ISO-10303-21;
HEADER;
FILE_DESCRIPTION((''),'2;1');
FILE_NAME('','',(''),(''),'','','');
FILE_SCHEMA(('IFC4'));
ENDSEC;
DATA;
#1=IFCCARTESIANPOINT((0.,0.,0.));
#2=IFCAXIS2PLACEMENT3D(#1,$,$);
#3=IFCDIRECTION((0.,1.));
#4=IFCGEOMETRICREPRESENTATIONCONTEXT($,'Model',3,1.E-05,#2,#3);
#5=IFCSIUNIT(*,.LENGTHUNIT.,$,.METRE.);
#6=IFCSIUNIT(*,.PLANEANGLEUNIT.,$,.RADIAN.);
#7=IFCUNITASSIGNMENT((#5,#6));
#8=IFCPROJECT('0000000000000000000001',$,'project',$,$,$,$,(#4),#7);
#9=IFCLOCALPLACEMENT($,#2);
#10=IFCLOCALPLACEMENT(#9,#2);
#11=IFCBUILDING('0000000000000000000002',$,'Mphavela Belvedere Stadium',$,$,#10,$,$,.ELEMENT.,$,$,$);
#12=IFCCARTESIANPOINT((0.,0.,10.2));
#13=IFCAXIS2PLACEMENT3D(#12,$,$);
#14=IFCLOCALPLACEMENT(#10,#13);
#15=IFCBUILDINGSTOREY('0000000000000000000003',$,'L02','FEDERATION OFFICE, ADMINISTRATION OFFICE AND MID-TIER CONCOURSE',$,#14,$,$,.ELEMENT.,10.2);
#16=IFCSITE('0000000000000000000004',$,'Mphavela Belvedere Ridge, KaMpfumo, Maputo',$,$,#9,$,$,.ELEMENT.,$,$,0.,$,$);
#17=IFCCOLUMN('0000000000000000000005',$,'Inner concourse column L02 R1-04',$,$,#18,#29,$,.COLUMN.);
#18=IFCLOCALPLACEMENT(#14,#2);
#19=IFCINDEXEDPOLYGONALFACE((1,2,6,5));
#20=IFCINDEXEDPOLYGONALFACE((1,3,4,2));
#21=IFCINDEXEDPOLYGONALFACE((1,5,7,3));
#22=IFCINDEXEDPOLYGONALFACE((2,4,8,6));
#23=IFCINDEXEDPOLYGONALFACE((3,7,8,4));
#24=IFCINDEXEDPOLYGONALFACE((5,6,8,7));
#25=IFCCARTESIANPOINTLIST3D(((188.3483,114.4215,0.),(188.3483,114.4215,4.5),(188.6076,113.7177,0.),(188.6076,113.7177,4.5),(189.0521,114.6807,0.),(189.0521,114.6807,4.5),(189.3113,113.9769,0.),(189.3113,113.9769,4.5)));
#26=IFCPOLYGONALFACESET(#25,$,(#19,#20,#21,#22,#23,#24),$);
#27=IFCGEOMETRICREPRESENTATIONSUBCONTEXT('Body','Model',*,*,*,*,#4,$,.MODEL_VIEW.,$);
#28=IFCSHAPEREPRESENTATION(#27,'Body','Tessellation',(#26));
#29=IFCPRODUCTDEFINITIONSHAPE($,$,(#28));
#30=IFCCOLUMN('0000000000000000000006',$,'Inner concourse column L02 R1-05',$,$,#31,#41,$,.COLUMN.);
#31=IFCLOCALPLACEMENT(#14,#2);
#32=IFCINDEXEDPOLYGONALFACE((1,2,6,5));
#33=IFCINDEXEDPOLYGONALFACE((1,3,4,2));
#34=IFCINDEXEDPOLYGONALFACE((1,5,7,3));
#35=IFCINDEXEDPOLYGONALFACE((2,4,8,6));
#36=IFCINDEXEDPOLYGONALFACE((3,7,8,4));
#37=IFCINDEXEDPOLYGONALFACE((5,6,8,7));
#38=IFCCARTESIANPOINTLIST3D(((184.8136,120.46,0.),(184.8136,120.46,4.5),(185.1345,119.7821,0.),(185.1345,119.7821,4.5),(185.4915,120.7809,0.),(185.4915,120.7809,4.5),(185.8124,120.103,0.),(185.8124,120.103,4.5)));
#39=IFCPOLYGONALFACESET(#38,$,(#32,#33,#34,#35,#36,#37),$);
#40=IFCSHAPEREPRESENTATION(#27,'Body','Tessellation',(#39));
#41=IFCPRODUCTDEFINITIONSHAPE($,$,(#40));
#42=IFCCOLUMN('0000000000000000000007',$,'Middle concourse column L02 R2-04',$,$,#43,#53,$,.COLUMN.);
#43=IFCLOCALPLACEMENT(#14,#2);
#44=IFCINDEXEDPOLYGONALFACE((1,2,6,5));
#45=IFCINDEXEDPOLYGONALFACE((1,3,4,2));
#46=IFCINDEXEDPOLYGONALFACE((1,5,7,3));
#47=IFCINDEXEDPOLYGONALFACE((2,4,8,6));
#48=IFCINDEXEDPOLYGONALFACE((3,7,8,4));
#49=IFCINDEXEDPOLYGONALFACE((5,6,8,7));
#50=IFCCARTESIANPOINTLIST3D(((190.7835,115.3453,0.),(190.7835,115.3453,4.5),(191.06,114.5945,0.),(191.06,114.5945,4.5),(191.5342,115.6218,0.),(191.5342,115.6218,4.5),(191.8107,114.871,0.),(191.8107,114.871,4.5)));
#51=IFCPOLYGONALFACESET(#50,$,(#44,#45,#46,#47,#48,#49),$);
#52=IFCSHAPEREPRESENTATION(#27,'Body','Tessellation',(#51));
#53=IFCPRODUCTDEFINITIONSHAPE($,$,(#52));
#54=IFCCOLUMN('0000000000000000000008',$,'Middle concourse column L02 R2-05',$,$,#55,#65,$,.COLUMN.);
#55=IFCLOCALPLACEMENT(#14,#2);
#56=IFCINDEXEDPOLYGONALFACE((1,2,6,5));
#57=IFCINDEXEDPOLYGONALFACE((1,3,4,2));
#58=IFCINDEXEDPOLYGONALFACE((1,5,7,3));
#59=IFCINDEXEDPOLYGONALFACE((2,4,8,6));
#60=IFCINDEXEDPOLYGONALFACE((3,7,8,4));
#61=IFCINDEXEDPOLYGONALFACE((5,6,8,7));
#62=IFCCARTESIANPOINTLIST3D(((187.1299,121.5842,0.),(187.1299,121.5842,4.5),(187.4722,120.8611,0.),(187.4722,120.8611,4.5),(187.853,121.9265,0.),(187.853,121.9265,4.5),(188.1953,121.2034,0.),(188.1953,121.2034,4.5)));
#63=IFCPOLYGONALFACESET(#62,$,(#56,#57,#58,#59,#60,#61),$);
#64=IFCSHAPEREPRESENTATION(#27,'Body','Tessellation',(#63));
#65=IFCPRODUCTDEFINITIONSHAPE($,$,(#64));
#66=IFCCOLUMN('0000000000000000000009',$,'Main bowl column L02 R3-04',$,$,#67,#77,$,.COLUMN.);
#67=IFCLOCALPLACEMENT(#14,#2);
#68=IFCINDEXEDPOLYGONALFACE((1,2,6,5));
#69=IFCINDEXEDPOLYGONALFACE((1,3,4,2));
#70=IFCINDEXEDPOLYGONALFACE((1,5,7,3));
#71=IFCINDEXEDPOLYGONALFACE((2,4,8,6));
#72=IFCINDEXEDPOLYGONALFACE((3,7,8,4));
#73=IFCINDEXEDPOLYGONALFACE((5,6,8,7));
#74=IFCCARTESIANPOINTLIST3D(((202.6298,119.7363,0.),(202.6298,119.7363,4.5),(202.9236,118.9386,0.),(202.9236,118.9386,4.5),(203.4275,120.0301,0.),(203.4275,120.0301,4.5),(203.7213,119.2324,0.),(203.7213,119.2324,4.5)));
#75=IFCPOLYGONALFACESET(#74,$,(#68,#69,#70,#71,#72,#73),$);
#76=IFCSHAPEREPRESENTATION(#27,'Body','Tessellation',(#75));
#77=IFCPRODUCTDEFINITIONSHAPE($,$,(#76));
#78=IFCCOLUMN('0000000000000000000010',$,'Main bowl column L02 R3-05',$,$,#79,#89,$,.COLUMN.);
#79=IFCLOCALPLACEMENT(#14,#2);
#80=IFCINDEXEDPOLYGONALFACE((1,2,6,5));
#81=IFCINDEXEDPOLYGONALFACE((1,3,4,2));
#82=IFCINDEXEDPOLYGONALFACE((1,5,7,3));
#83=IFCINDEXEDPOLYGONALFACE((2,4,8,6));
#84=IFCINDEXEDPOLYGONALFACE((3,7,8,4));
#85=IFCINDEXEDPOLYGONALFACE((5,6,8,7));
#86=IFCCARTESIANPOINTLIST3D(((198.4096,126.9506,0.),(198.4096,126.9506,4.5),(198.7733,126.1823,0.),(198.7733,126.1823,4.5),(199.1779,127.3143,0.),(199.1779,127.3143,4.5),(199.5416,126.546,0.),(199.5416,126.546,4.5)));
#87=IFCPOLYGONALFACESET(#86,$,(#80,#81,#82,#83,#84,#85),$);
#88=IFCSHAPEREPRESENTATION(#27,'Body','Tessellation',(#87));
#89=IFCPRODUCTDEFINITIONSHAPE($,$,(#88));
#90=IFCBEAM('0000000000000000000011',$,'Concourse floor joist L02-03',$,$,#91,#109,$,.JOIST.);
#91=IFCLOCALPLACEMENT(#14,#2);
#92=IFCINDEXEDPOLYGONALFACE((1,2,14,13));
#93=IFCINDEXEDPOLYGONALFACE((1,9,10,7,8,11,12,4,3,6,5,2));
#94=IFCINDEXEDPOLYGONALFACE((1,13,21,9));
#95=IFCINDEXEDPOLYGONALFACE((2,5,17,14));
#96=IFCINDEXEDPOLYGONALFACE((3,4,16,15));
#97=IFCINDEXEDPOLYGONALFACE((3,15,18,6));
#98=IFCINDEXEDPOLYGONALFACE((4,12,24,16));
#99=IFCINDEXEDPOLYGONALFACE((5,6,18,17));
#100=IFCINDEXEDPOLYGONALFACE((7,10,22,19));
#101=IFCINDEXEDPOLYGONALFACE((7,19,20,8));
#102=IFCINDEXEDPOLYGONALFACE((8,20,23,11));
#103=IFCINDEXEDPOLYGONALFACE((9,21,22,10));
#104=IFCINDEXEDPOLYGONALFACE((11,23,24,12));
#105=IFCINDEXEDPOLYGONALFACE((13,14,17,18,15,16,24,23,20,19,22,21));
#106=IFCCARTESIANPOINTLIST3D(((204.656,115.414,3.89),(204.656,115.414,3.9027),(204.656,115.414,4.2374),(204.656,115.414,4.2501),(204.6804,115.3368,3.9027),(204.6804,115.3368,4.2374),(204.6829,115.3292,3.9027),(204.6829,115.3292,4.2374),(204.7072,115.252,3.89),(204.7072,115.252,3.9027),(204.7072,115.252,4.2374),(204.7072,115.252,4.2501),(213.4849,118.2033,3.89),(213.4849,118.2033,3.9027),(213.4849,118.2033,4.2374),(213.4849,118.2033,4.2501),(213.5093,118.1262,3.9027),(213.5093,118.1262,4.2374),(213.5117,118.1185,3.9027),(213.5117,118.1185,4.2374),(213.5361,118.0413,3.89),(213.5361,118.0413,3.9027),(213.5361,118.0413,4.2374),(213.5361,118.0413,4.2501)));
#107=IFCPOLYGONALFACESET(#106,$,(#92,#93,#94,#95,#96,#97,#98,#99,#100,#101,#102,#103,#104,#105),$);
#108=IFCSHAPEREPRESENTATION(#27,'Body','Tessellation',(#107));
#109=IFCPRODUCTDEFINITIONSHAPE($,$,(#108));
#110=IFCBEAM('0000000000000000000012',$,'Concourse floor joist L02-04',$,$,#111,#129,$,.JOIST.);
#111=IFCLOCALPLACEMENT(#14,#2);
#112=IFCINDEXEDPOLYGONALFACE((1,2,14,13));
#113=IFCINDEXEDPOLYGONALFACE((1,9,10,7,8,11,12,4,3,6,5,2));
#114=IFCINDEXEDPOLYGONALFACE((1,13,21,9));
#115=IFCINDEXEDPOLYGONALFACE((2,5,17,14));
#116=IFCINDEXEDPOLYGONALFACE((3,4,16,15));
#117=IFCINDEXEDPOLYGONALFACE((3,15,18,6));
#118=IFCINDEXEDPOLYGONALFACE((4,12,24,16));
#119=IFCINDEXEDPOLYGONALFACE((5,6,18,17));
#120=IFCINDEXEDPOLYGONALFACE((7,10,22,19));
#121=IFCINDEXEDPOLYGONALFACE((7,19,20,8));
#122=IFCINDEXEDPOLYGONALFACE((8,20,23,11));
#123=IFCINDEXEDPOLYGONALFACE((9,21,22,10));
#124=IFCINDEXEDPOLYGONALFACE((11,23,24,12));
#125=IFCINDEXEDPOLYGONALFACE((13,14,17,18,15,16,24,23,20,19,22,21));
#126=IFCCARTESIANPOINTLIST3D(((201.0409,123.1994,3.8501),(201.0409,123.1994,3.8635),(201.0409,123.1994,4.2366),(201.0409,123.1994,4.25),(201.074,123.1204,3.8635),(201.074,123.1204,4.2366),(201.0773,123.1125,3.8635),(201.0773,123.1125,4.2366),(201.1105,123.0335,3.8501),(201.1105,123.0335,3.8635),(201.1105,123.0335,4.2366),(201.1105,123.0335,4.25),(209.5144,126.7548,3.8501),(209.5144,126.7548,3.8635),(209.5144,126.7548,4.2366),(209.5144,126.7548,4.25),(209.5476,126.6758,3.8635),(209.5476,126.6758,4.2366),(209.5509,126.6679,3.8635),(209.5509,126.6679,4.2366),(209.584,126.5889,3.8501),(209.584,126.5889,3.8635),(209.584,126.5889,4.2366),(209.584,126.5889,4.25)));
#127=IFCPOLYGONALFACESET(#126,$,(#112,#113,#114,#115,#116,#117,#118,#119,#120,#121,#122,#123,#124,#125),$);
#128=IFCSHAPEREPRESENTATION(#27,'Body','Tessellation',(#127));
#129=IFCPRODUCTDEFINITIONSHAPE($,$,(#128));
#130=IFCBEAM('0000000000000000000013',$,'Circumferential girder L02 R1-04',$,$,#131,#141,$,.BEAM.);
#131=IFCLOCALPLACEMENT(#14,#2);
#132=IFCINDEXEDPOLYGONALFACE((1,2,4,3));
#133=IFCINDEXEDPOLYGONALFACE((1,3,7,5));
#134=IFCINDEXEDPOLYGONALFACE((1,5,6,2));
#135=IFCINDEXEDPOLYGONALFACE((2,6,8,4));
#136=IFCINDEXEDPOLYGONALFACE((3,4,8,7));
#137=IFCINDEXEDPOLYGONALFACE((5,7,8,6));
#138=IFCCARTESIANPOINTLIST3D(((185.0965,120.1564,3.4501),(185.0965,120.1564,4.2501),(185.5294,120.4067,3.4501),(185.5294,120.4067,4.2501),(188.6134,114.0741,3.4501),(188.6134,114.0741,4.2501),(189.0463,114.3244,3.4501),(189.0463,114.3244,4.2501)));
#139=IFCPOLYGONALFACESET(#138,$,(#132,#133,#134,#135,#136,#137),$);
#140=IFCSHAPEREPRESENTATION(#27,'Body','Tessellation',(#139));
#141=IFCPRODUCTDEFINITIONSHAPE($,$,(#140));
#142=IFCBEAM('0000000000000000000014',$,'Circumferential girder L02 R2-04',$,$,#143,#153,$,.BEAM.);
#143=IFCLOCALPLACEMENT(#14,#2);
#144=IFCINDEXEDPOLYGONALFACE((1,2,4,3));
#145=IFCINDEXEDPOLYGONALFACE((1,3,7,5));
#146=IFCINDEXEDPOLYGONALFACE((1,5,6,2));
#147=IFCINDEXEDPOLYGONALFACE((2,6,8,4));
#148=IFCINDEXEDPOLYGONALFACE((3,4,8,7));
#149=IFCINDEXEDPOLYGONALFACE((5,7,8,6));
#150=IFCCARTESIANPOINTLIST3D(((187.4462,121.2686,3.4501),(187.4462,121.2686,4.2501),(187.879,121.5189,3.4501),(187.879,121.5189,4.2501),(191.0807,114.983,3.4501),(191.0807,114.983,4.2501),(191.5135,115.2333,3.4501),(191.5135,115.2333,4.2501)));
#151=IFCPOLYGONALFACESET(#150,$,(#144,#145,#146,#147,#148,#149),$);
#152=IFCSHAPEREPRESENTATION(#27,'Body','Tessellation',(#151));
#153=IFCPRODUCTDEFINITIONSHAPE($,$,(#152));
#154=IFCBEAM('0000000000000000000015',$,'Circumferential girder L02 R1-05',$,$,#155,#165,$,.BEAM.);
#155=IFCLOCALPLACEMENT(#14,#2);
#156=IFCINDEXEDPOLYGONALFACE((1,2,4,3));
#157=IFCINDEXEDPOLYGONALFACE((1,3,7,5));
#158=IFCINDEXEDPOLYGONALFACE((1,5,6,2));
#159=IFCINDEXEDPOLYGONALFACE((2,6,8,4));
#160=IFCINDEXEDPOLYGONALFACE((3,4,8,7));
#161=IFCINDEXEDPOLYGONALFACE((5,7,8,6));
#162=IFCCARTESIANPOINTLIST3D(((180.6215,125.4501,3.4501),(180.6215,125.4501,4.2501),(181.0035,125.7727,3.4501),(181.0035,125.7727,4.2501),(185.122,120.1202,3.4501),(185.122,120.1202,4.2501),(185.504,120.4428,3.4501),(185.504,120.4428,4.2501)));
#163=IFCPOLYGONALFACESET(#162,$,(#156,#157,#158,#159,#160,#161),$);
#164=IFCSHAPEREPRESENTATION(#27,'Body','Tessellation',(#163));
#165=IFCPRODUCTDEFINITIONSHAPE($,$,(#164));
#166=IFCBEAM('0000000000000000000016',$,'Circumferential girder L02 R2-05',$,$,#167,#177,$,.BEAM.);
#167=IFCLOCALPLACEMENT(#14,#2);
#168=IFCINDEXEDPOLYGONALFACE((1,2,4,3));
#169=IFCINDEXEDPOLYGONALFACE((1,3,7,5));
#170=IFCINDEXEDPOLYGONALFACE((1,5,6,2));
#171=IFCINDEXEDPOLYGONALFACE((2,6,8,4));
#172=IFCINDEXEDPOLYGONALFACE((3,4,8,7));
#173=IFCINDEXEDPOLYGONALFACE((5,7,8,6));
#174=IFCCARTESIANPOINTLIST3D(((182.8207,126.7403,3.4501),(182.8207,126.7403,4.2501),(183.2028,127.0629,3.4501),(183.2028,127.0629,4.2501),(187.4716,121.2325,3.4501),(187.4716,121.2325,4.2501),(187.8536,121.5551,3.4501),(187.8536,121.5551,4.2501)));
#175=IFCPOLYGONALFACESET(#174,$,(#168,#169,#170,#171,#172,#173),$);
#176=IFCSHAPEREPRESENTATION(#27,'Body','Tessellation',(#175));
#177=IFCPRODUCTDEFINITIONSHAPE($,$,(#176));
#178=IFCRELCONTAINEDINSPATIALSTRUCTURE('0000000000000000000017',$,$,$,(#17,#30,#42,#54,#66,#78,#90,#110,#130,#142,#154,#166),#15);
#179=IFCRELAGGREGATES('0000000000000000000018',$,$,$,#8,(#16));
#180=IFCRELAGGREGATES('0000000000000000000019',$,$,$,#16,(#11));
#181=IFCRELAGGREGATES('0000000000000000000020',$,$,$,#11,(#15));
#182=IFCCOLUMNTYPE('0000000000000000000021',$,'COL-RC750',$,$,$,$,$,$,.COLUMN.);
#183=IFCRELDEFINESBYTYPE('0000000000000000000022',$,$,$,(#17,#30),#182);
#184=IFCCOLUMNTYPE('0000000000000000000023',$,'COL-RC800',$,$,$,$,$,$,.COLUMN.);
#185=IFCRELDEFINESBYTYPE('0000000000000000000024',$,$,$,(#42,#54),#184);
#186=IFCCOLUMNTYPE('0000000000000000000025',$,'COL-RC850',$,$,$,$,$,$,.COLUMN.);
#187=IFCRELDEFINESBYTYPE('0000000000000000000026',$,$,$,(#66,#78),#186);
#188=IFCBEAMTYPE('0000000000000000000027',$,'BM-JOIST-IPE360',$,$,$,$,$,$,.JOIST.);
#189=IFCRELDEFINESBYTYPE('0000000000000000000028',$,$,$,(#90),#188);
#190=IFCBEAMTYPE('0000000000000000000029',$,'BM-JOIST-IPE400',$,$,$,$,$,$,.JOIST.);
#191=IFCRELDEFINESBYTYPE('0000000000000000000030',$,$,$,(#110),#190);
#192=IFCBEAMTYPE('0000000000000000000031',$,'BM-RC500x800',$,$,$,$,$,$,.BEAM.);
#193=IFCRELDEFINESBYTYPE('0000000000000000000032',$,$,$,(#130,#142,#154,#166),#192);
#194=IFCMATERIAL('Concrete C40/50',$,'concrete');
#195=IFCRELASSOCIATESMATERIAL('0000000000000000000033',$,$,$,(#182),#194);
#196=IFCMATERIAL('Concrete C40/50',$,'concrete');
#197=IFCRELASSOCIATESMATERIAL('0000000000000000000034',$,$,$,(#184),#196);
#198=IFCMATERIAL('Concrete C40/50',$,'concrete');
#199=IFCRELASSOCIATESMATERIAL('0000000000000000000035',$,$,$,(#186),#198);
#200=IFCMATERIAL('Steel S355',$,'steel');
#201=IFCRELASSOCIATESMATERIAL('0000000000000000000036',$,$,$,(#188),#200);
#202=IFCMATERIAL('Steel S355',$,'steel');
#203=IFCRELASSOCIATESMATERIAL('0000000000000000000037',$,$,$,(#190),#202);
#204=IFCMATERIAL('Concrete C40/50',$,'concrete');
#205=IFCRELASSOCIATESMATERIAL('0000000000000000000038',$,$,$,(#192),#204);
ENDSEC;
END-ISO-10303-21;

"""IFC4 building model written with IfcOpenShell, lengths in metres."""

from ifc_helpers import new_model, si_unit, direction, frame, origin, origin_2d, place, context, subcontext, project, spatial, rectangle, i_section, extrude, material, material_profile, profile_set, type_object, element, save


model = new_model("IFC4")

# Units and contexts
model_context = context("Model", 3, precision=1e-05, world=origin(), true_north=direction((0.0, 1.0)))
body_context = subcontext(model_context, "Body", "Model", "MODEL_VIEW")
ifc_project = project(units=[si_unit("LENGTHUNIT", "METRE"), si_unit("PLANEANGLEUNIT", "RADIAN")], contexts=[model_context])

# Site, building, storey
site_placement = place(None, origin())
site = spatial("IfcSite", under=ifc_project, at=site_placement, Name="Mphavela Belvedere Ridge, KaMpfumo, Maputo", CompositionType="ELEMENT", RefElevation=0.0)
building_placement = place(site_placement, origin())
building = spatial("IfcBuilding", under=site, at=building_placement, Name="Mphavela Belvedere Stadium", CompositionType="ELEMENT")
storey_placement = place(building_placement, frame((0.0, 0.0, 10.2)))
storey = spatial("IfcBuildingStorey", under=building, at=storey_placement, Name="L02", Description="FEDERATION OFFICE, ADMINISTRATION OFFICE AND MID-TIER CONCOURSE", CompositionType="ELEMENT", Elevation=10.2)

# Columns
ifc_material_1 = material(Name="Concrete C40/50", Category="concrete")
ifc_material_profile_1 = material_profile(ifc_material_1, rectangle(XDim=0.75, YDim=0.75, at=origin_2d()), Name="RC 750x750")
ifc_profile_set_1 = profile_set([ifc_material_profile_1], Name="Concrete C40/50")
column_type_1 = type_object("IfcColumnType", Name="COL-RC750", PredefinedType="COLUMN", material=ifc_profile_set_1)
for number, where, z_axis, x_axis, name in (
    (1, (188.8298, 114.1992, 0.0), (0.0, 0.0, 1.0), (0.938372, 0.345626, 0.0), "Inner concourse column L02 R1-04"),
    (2, (185.313, 120.2815, 0.0), (0.0, 0.0, 1.0), (0.903859, 0.427831, 0.0), "Inner concourse column L02 R1-05"),
):
    element("IfcColumn", number, at=place(storey_placement, frame(where, z_axis=z_axis, x_axis=x_axis)), inside=storey, type_object=column_type_1, Name=name, PredefinedType="COLUMN", context=body_context, shape_type="SweptSolid", body=[
        extrude(rectangle(XDim=0.75, YDim=0.75, at=origin_2d()), origin(), (0.0, 0.0, 1.0), 4.5),
    ])
ifc_material_2 = material(Name="Concrete C40/50", Category="concrete")
ifc_material_profile_2 = material_profile(ifc_material_2, rectangle(XDim=0.8, YDim=0.8, at=origin_2d()), Name="RC 800x800")
ifc_profile_set_2 = profile_set([ifc_material_profile_2], Name="Concrete C40/50")
column_type_2 = type_object("IfcColumnType", Name="COL-RC800", PredefinedType="COLUMN", material=ifc_profile_set_2)
for number, where, z_axis, x_axis, name in (
    (3, (191.2971, 115.1082, 0.0), (0.0, 0.0, 1.0), (0.938372, 0.345626, 0.0), "Middle concourse column L02 R2-04"),
    (4, (187.6626, 121.3938, 0.0), (0.0, 0.0, 1.0), (0.903859, 0.427831, 0.0), "Middle concourse column L02 R2-05"),
):
    element("IfcColumn", number, at=place(storey_placement, frame(where, z_axis=z_axis, x_axis=x_axis)), inside=storey, type_object=column_type_2, Name=name, PredefinedType="COLUMN", context=body_context, shape_type="SweptSolid", body=[
        extrude(rectangle(XDim=0.8, YDim=0.8, at=origin_2d()), origin(), (0.0, 0.0, 1.0), 4.5),
    ])
ifc_material_3 = material(Name="Concrete C40/50", Category="concrete")
ifc_material_profile_3 = material_profile(ifc_material_3, rectangle(XDim=0.8501, YDim=0.8501, at=origin_2d()), Name="RC 850x850")
ifc_profile_set_3 = profile_set([ifc_material_profile_3], Name="Concrete C40/50")
column_type_3 = type_object("IfcColumnType", Name="COL-RC850", PredefinedType="COLUMN", material=ifc_profile_set_3)
for number, where, z_axis, x_axis, name in (
    (5, (203.1755, 119.4844, 0.0), (0.0, 0.0, 1.0), (0.938372, 0.345626, 0.0), "Main bowl column L02 R3-04"),
    (6, (198.9756, 126.7483, 0.0), (0.0, 0.0, 1.0), (0.903859, 0.427831, 0.0), "Main bowl column L02 R3-05"),
):
    element("IfcColumn", number, at=place(storey_placement, frame(where, z_axis=z_axis, x_axis=x_axis)), inside=storey, type_object=column_type_3, Name=name, PredefinedType="COLUMN", context=body_context, shape_type="SweptSolid", body=[
        extrude(rectangle(XDim=0.8501, YDim=0.8501, at=origin_2d()), origin(), (0.0, 0.0, 1.0), 4.5),
    ])

# Beams
ifc_material_4 = material(Name="Steel S355", Category="steel")
ifc_material_profile_4 = material_profile(ifc_material_4, i_section(OverallWidth=0.1699, OverallDepth=0.3601, WebThickness=0.0081, FlangeThickness=0.0127, at=origin_2d()), Name="IPE 360")
ifc_profile_set_4 = profile_set([ifc_material_profile_4], Name="Steel S355")
beam_type_1 = type_object("IfcBeamType", Name="BM-JOIST-IPE360", PredefinedType="JOIST", material=ifc_profile_set_4)
beam_1_placement = place(storey_placement, frame((204.6816, 115.333, 4.0701), z_axis=(0.953544, 0.301254, 0.0), x_axis=(-0.301254, 0.953544, 0.0)))
element("IfcBeam", 7, at=beam_1_placement, inside=storey, type_object=beam_type_1, Name="Concourse floor joist L02-03", PredefinedType="JOIST", context=body_context, shape_type="SweptSolid", body=[
    extrude(i_section(OverallWidth=0.1699, OverallDepth=0.3601, WebThickness=0.0081, FlangeThickness=0.0127, at=origin_2d()), origin(), (0.0, 0.0, 1.0), 9.259),
])
ifc_material_5 = material(Name="Steel S355", Category="steel")
ifc_material_profile_5 = material_profile(ifc_material_5, i_section(OverallWidth=0.1799, OverallDepth=0.3999, WebThickness=0.0085, FlangeThickness=0.0134, at=origin_2d()), Name="IPE 400")
ifc_profile_set_5 = profile_set([ifc_material_profile_5], Name="Steel S355")
beam_type_2 = type_object("IfcBeamType", Name="BM-JOIST-IPE400", PredefinedType="JOIST", material=ifc_profile_set_5)
beam_2_placement = place(storey_placement, frame((201.0757, 123.1165, 4.05), z_axis=(0.922118, 0.386908, 0.0), x_axis=(-0.386908, 0.922118, 0.0)))
element("IfcBeam", 8, at=beam_2_placement, inside=storey, type_object=beam_type_2, Name="Concourse floor joist L02-04", PredefinedType="JOIST", context=body_context, shape_type="SweptSolid", body=[
    extrude(i_section(OverallWidth=0.1799, OverallDepth=0.3999, WebThickness=0.0085, FlangeThickness=0.0134, at=origin_2d()), origin(), (0.0, 0.0, 1.0), 9.1892),
])
ifc_material_6 = material(Name="Concrete C40/50", Category="concrete")
ifc_material_profile_6 = material_profile(ifc_material_6, rectangle(XDim=0.5, YDim=0.8, at=origin_2d()), Name="RC 500x800")
ifc_profile_set_6 = profile_set([ifc_material_profile_6], Name="Concrete C40/50")
beam_type_3 = type_object("IfcBeamType", Name="BM-RC500x800", PredefinedType="BEAM", material=ifc_profile_set_6)
beam_3_placement = place(storey_placement, frame((188.8298, 114.1992, 3.8501), z_axis=(-0.50056, 0.865702, 0.0), x_axis=(-0.865702, -0.50056, 0.0)))
element("IfcBeam", 9, at=beam_3_placement, inside=storey, type_object=beam_type_3, Name="Circumferential girder L02 R1-04", PredefinedType="BEAM", context=body_context, shape_type="SweptSolid", body=[
    extrude(rectangle(XDim=0.5, YDim=0.8, at=origin_2d()), origin(), (0.0, 0.0, 1.0), 7.0259),
])
beam_4_placement = place(storey_placement, frame((191.2971, 115.1082, 3.8501), z_axis=(-0.500568, 0.865697, 0.0), x_axis=(-0.865697, -0.500568, 0.0)))
element("IfcBeam", 10, at=beam_4_placement, inside=storey, type_object=beam_type_3, Name="Circumferential girder L02 R2-04", PredefinedType="BEAM", context=body_context, shape_type="SweptSolid", body=[
    extrude(rectangle(XDim=0.5, YDim=0.8, at=origin_2d()), origin(), (0.0, 0.0, 1.0), 7.2607),
])
beam_5_placement = place(storey_placement, frame((185.313, 120.2815, 3.8501), z_axis=(-0.645159, 0.764048, 0.0), x_axis=(-0.764048, -0.645159, 0.0)))
element("IfcBeam", 11, at=beam_5_placement, inside=storey, type_object=beam_type_3, Name="Circumferential girder L02 R1-05", PredefinedType="BEAM", context=body_context, shape_type="SweptSolid", body=[
    extrude(rectangle(XDim=0.5, YDim=0.8, at=origin_2d()), origin(), (0.0, 0.0, 1.0), 6.9758),
])
beam_6_placement = place(storey_placement, frame((187.6626, 121.3938, 3.8501), z_axis=(-0.645168, 0.764041, 0.0), x_axis=(-0.764041, -0.645168, 0.0)))
element("IfcBeam", 12, at=beam_6_placement, inside=storey, type_object=beam_type_3, Name="Circumferential girder L02 R2-05", PredefinedType="BEAM", context=body_context, shape_type="SweptSolid", body=[
    extrude(rectangle(XDim=0.5, YDim=0.8, at=origin_2d()), origin(), (0.0, 0.0, 1.0), 7.2087),
])

save(model, "model.ifc")
